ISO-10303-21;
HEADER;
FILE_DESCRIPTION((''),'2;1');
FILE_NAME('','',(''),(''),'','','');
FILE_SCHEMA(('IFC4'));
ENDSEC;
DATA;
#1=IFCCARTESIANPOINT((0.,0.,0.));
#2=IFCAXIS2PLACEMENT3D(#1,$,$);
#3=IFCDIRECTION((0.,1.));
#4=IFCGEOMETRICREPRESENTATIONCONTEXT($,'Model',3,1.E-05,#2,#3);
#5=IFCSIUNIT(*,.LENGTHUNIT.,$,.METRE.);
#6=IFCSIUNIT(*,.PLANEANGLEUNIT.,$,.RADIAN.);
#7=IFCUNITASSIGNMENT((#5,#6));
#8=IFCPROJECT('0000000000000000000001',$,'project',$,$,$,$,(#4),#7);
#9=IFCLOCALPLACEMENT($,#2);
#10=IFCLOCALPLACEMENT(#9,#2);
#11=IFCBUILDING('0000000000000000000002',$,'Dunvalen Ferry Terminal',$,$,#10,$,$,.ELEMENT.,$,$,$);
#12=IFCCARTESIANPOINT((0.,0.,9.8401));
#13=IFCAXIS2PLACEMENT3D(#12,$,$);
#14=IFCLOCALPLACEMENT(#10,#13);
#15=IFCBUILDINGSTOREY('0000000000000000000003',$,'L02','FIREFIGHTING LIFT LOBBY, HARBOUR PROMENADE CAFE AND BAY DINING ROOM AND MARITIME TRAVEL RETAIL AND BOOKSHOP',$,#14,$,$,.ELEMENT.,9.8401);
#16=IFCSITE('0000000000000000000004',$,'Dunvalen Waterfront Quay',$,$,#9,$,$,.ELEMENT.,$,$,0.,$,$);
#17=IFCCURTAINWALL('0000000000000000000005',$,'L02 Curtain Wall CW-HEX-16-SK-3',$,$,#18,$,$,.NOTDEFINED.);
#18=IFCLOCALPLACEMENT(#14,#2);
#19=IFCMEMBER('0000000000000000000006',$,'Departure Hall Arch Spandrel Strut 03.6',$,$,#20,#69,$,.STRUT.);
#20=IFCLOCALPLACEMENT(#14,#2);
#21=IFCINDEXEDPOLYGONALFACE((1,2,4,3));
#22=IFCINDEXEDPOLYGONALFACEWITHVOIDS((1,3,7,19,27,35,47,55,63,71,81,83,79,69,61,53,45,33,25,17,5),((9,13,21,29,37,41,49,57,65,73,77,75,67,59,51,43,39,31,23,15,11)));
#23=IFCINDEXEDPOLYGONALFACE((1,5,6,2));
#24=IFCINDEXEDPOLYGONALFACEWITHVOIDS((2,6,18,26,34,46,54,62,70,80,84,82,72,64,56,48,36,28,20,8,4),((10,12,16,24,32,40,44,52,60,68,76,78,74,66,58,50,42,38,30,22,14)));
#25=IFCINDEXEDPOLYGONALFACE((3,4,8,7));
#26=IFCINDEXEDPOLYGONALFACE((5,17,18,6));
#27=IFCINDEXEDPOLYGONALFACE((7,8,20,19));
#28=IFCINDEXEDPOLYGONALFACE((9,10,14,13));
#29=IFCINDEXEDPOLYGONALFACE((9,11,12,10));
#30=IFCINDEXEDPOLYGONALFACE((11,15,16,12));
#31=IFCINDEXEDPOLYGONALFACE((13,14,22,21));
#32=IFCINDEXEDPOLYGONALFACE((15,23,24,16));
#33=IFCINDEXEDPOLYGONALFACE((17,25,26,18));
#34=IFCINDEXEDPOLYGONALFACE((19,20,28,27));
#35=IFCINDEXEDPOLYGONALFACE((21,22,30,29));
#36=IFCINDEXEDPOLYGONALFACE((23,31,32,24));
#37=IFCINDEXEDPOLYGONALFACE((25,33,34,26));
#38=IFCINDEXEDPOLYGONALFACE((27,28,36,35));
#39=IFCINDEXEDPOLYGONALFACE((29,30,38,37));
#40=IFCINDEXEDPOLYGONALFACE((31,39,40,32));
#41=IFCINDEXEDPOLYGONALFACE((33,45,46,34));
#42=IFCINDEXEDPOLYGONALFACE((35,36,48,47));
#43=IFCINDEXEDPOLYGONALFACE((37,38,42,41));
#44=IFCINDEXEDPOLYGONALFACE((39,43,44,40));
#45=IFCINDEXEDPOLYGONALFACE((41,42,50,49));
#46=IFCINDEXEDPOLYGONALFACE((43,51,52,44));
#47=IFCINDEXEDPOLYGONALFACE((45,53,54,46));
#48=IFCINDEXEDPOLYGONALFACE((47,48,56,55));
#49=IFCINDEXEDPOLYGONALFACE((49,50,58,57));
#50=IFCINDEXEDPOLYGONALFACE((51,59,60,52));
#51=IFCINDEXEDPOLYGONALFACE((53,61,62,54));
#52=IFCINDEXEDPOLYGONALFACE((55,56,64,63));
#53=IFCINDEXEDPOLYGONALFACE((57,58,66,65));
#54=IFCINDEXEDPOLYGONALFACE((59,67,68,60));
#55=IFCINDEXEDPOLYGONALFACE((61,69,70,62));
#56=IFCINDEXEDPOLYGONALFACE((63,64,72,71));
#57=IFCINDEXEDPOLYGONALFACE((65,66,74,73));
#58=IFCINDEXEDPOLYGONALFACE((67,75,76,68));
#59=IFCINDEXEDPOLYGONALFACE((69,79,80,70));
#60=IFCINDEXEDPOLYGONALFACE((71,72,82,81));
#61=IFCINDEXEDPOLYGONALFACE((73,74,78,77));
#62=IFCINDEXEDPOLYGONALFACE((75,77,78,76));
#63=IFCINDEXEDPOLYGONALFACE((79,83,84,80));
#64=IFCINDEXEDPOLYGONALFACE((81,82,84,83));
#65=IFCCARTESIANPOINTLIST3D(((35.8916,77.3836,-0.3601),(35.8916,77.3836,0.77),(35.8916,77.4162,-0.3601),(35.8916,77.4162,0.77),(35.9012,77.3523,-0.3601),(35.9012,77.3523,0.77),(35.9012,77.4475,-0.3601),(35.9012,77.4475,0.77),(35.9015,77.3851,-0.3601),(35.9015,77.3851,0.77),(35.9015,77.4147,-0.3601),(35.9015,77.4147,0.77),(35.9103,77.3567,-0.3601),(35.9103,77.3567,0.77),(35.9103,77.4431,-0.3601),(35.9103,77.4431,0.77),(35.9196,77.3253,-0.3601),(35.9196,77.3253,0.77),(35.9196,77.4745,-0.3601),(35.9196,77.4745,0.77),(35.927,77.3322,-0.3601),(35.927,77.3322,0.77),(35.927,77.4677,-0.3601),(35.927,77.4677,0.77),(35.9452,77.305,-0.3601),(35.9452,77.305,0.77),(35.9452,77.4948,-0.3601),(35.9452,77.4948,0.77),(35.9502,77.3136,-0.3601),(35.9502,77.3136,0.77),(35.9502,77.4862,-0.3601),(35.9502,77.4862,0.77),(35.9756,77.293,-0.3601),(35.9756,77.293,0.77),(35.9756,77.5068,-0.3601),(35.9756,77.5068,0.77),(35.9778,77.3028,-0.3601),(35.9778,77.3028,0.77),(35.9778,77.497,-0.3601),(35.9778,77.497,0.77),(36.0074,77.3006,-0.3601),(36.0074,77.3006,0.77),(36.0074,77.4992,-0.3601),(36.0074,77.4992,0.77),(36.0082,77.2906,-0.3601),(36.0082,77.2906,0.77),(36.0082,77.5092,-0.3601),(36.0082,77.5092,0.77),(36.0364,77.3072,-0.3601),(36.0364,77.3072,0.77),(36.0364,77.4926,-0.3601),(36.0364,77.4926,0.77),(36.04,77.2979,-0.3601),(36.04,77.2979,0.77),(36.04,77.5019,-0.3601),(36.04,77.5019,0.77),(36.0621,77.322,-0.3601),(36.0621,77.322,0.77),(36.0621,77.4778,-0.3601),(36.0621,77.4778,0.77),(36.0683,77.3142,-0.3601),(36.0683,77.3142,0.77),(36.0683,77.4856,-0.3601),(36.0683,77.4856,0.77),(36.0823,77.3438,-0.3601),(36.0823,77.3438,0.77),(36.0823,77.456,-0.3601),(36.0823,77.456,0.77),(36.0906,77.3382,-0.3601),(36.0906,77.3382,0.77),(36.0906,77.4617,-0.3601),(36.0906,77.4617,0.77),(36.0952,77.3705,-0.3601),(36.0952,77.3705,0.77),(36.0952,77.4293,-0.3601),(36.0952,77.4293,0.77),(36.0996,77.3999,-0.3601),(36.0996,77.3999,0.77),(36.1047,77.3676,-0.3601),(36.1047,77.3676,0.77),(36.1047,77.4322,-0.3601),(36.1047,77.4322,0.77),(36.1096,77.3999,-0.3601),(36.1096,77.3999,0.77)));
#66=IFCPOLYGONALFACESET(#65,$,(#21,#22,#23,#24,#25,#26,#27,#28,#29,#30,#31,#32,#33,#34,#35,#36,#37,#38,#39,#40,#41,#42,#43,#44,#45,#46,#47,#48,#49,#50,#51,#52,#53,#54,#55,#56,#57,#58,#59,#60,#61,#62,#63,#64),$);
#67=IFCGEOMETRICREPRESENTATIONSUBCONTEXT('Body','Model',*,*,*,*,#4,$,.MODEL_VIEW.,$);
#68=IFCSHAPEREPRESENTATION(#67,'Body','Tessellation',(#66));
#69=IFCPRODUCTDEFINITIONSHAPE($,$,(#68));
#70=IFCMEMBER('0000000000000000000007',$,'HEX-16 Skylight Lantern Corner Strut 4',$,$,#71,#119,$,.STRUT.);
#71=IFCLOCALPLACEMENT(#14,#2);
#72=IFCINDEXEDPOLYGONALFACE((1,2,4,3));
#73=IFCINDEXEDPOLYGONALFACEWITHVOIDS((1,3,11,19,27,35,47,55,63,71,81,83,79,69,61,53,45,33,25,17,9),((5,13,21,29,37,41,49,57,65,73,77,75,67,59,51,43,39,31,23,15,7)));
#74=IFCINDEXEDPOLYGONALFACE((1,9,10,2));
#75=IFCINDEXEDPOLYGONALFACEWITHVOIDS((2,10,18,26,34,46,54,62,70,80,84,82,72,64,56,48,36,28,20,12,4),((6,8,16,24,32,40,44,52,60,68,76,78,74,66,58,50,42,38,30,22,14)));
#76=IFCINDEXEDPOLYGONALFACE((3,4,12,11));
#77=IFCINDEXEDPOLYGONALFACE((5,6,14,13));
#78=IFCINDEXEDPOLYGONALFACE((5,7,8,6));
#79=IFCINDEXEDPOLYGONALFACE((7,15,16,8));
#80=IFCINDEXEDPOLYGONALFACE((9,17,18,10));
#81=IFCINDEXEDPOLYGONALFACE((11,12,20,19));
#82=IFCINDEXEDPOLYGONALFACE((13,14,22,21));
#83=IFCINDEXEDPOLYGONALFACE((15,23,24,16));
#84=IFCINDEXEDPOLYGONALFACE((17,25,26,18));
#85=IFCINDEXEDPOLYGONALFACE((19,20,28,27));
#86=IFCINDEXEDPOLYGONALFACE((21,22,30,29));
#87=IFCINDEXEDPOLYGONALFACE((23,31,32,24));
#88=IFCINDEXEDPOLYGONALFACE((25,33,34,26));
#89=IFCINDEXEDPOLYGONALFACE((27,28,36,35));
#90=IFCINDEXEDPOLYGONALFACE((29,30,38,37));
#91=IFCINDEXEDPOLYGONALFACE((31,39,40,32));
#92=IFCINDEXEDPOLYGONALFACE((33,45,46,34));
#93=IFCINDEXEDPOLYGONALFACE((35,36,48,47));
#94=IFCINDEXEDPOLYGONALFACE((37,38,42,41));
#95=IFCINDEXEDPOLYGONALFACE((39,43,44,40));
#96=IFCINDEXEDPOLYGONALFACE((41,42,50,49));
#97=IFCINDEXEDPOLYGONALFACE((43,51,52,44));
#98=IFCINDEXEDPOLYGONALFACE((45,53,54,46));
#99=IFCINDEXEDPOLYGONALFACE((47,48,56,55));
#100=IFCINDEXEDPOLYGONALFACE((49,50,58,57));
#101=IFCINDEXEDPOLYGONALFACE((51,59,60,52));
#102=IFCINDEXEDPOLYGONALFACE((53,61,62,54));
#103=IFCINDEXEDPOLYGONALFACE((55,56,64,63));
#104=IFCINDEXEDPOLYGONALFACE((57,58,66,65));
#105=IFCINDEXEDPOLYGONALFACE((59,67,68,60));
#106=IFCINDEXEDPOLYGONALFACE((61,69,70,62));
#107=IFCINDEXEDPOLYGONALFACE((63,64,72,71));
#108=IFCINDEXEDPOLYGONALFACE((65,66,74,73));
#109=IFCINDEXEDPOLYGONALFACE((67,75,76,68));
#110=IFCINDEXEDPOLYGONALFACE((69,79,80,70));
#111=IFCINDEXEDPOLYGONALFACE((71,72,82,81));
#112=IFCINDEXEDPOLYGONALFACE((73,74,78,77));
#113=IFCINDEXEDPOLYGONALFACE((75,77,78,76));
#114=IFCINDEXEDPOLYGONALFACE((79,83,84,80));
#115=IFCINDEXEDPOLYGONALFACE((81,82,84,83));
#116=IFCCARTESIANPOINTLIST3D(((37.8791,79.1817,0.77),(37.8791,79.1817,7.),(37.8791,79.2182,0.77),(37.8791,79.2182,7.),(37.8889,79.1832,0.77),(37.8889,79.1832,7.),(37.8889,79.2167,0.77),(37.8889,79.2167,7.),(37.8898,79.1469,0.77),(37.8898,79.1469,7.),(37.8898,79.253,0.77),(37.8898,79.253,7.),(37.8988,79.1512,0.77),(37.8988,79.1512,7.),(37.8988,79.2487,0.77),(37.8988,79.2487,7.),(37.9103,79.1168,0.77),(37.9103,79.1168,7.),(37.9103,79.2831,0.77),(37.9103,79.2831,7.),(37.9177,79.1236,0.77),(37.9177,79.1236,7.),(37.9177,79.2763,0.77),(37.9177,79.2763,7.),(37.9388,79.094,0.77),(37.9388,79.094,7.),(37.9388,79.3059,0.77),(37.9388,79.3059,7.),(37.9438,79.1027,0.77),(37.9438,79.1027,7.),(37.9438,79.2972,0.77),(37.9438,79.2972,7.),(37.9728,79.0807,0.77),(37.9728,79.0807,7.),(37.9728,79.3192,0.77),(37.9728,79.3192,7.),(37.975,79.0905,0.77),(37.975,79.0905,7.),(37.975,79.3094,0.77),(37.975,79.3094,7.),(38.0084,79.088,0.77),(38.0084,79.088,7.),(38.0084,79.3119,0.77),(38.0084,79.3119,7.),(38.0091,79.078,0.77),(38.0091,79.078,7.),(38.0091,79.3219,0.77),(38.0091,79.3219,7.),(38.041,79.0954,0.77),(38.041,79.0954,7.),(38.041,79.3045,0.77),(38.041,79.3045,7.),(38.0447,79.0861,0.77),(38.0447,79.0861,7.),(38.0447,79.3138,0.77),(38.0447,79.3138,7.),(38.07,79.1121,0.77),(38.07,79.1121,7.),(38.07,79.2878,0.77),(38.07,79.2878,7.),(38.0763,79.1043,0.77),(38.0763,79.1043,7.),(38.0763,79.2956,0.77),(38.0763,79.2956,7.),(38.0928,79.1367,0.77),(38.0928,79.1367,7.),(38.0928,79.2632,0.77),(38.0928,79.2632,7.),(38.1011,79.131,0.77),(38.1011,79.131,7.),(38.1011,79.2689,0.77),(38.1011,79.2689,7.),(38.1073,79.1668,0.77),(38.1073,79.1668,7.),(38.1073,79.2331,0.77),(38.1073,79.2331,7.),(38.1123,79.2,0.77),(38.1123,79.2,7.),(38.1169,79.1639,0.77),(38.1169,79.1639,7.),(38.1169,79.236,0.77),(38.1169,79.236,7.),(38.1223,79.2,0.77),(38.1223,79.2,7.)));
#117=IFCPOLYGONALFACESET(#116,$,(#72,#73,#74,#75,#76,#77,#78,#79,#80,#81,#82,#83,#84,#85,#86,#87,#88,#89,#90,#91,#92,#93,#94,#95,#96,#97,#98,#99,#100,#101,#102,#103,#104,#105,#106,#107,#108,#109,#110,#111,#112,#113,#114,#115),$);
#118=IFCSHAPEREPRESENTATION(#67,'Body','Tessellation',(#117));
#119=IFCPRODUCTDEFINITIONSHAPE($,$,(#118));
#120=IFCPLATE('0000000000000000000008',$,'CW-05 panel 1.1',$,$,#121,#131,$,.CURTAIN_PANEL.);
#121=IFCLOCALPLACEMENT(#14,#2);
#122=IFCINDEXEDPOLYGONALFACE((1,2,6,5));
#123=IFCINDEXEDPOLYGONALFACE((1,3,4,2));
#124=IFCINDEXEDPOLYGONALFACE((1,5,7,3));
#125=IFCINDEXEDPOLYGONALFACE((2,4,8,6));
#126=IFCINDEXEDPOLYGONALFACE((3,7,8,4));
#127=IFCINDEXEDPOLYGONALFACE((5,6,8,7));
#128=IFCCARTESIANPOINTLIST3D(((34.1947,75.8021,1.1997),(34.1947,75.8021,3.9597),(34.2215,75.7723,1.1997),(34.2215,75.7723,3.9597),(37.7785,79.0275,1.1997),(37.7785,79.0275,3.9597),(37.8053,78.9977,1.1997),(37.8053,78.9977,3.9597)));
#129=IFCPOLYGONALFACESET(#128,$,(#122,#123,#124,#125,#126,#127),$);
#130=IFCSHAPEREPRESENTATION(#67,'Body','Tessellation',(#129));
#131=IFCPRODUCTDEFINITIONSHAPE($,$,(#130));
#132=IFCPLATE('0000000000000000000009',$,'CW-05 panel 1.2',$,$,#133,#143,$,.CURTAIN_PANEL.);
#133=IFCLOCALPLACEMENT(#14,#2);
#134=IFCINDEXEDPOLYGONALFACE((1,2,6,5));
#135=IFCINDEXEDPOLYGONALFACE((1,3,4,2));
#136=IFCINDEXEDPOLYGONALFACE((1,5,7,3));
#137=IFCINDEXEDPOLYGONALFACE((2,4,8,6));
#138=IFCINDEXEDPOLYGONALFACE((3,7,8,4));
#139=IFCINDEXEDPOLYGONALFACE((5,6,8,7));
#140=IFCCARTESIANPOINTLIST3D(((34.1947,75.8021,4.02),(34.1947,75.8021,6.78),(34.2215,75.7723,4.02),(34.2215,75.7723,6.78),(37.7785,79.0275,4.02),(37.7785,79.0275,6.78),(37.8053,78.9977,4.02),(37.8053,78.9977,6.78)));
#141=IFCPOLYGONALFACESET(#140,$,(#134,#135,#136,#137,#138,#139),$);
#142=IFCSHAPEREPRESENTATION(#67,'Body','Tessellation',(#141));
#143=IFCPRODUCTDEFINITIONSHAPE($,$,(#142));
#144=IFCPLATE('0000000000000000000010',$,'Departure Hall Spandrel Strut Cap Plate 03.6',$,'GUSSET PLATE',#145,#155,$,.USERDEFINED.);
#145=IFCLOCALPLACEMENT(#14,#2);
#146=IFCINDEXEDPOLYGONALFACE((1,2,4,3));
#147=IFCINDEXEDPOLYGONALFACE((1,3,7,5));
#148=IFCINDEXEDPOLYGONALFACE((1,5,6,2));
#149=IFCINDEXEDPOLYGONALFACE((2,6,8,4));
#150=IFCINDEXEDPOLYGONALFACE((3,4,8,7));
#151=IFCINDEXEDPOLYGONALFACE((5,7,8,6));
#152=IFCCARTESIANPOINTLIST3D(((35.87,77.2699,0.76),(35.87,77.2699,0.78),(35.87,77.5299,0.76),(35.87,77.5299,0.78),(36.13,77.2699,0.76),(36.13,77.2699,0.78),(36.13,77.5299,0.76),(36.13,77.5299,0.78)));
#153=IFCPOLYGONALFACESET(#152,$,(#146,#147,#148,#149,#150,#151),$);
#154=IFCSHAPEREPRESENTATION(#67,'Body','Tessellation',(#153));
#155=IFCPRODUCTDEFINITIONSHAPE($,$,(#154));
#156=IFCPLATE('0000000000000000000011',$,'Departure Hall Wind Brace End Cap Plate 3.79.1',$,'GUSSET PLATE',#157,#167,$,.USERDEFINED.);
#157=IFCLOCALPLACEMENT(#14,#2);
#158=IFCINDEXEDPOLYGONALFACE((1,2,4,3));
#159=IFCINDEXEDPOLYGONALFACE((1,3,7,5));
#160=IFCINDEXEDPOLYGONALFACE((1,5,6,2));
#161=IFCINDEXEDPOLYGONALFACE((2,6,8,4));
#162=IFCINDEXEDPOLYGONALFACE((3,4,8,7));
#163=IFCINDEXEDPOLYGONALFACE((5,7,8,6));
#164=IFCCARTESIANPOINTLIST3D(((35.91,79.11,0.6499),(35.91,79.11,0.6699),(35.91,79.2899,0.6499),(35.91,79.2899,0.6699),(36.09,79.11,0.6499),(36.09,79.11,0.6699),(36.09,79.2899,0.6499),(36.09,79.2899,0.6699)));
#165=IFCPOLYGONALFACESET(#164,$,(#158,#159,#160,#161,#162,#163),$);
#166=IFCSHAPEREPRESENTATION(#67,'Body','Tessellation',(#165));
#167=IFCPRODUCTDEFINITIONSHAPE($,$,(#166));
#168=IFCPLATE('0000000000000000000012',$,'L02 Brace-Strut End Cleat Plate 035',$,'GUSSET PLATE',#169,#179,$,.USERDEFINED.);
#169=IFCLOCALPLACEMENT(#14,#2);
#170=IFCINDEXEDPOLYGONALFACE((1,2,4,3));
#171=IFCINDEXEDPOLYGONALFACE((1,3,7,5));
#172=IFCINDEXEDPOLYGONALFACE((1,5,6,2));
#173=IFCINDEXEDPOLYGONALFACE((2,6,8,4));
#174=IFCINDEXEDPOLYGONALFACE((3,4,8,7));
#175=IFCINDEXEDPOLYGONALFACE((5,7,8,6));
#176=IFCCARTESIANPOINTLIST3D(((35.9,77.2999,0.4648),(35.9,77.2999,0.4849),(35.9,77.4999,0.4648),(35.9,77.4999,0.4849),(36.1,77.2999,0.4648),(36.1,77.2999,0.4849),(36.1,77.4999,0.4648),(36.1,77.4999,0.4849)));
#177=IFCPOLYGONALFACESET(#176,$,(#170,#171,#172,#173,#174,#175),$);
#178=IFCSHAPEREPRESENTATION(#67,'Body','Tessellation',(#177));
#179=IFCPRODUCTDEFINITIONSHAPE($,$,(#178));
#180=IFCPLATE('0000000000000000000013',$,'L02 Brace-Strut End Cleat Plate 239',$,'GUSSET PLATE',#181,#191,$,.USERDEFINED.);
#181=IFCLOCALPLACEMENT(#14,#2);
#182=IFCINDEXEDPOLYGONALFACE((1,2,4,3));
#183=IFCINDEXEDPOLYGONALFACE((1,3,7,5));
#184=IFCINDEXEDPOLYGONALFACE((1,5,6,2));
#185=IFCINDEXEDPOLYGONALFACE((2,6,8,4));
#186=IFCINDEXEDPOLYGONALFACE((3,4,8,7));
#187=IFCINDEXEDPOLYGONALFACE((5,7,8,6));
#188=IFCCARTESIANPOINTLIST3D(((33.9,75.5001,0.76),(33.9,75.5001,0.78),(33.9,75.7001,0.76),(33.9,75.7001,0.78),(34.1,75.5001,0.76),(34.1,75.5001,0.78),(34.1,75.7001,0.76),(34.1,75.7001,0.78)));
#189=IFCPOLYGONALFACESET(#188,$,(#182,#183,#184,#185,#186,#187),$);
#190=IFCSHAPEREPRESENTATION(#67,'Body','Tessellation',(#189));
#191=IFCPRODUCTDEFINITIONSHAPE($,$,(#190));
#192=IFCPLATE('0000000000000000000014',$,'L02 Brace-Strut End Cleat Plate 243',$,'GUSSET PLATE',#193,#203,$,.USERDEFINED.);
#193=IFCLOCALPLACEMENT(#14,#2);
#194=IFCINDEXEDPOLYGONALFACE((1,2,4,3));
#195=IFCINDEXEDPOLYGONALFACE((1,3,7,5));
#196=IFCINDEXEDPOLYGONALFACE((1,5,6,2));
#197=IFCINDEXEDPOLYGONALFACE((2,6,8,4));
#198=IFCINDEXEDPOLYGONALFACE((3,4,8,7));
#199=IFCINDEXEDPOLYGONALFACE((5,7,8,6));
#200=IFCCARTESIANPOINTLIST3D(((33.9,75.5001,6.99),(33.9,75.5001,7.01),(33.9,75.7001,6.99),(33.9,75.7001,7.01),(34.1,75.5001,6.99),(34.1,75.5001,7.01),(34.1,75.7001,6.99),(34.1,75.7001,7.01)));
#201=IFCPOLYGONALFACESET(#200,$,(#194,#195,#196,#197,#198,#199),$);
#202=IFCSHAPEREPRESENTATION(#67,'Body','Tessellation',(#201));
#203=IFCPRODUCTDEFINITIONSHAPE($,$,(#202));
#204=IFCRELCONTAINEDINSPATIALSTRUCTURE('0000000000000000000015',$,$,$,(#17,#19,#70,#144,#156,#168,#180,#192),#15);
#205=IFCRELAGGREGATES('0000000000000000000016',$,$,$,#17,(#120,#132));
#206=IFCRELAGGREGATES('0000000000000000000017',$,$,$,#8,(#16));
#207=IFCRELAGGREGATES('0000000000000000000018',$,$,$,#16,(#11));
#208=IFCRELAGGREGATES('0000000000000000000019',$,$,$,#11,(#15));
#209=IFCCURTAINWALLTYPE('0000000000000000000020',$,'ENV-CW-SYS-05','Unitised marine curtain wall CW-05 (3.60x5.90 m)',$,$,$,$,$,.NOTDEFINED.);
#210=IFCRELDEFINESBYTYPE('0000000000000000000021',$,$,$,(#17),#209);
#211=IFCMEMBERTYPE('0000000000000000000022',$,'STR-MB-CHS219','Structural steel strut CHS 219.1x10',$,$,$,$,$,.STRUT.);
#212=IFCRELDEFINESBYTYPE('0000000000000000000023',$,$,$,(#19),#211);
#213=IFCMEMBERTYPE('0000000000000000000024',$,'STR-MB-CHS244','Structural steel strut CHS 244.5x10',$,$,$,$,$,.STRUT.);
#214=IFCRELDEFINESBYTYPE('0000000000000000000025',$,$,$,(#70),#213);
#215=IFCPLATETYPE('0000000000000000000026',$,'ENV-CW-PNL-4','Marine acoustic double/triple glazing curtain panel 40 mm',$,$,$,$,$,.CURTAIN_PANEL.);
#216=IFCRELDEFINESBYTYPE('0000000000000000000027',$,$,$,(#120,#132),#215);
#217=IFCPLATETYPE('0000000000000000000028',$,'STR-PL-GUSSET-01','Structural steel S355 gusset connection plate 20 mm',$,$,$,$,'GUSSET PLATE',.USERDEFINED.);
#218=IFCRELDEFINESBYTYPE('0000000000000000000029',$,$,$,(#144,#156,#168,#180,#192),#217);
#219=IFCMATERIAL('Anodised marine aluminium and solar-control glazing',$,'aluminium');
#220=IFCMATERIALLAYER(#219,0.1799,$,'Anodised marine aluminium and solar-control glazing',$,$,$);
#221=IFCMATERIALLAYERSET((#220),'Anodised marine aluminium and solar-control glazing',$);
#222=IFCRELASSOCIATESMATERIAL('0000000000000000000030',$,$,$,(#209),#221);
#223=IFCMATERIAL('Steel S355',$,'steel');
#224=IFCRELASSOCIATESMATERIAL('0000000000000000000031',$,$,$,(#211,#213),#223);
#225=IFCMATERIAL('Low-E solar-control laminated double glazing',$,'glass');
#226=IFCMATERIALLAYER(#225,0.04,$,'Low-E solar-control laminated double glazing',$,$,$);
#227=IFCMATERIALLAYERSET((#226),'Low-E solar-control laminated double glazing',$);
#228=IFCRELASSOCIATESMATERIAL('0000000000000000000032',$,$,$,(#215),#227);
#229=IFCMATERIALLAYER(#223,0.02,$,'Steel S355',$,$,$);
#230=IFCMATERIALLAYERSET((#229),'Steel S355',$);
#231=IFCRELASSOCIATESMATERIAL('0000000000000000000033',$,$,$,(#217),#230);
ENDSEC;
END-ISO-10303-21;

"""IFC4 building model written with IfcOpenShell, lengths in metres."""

from ifc_helpers import new_model, si_unit, direction, frame, origin, origin_2d, place, context, subcontext, project, spatial, rectangle, hollow_circle, extrude, material, layer, layer_set, material_profile, profile_set, type_object, element, aggregate, save


model = new_model("IFC4")

# Units and contexts
model_context = context("Model", 3, precision=1e-05, world=origin(), true_north=direction((0.0, 1.0)))
body_context = subcontext(model_context, "Body", "Model", "MODEL_VIEW")
ifc_project = project(units=[si_unit("LENGTHUNIT", "METRE"), si_unit("PLANEANGLEUNIT", "RADIAN")], contexts=[model_context])

# Site, building, storey
site_placement = place(None, origin())
site = spatial("IfcSite", under=ifc_project, at=site_placement, Name="Dunvalen Waterfront Quay", CompositionType="ELEMENT", RefElevation=0.0)
building_placement = place(site_placement, origin())
building = spatial("IfcBuilding", under=site, at=building_placement, Name="Dunvalen Ferry Terminal", CompositionType="ELEMENT")
storey_placement = place(building_placement, frame((0.0, 0.0, 9.8401)))
storey = spatial("IfcBuildingStorey", under=building, at=storey_placement, Name="L02", Description="FIREFIGHTING LIFT LOBBY, HARBOUR PROMENADE CAFE AND BAY DINING ROOM AND MARITIME TRAVEL RETAIL AND BOOKSHOP", CompositionType="ELEMENT", Elevation=9.8401)

# Curtain wall
ifc_material_1 = material(Name="Anodised marine aluminium and solar-control glazing", Category="aluminium")
ifc_layer_1 = layer(ifc_material_1, 0.1799, Name="Anodised marine aluminium and solar-control glazing")
ifc_layer_set_1 = layer_set([ifc_layer_1], Name="Anodised marine aluminium and solar-control glazing")
curtain_wall_type_1 = type_object("IfcCurtainWallType", Name="ENV-CW-SYS-05", Description="Unitised marine curtain wall CW-05 (3.60x5.90 m)", PredefinedType="NOTDEFINED", material=ifc_layer_set_1)
curtain_wall_1_placement = place(storey_placement, origin())
curtain_wall_1 = element("IfcCurtainWall", 1, at=curtain_wall_1_placement, inside=storey, type_object=curtain_wall_type_1, Name="L02 Curtain Wall CW-HEX-16-SK-3", PredefinedType="NOTDEFINED")

# Shared definitions
ifc_material_2 = material(Name="Steel S355", Category="steel")

# Members
ifc_material_profile_1 = material_profile(ifc_material_2, hollow_circle(Radius=0.1096, WallThickness=0.01, at=origin_2d()), Name="Steel S355")
ifc_profile_set_1 = profile_set([ifc_material_profile_1], Name="Steel S355")
member_type_1 = type_object("IfcMemberType", Name="STR-MB-CHS219", Description="Structural steel strut CHS 219.1x10", PredefinedType="STRUT", material=ifc_profile_set_1)
member_1_placement = place(storey_placement, frame((36.0, 77.3999, -0.3601), z_axis=(0.0, 0.0, 1.0), x_axis=(1.0, 0.0, 0.0)))
element("IfcMember", 2, at=member_1_placement, inside=storey, type_object=member_type_1, Name="Departure Hall Arch Spandrel Strut 03.6", PredefinedType="STRUT", context=body_context, shape_type="SweptSolid", body=[
    extrude(hollow_circle(Radius=0.1096, WallThickness=0.01, at=origin_2d()), origin(), (0.0, 0.0, 1.0), 1.1301),
])
ifc_material_profile_2 = material_profile(ifc_material_2, hollow_circle(Radius=0.1223, WallThickness=0.01, at=origin_2d()), Name="Steel S355")
ifc_profile_set_2 = profile_set([ifc_material_profile_2], Name="Steel S355")
member_type_2 = type_object("IfcMemberType", Name="STR-MB-CHS244", Description="Structural steel strut CHS 244.5x10", PredefinedType="STRUT", material=ifc_profile_set_2)
member_2_placement = place(storey_placement, frame((38.0, 79.2, 0.77), z_axis=(0.0, 0.0, 1.0), x_axis=(1.0, 0.0, 0.0)))
element("IfcMember", 3, at=member_2_placement, inside=storey, type_object=member_type_2, Name="HEX-16 Skylight Lantern Corner Strut 4", PredefinedType="STRUT", context=body_context, shape_type="SweptSolid", body=[
    extrude(hollow_circle(Radius=0.1223, WallThickness=0.01, at=origin_2d()), origin(), (0.0, 0.0, 1.0), 6.23),
])

# Plates
ifc_material_3 = material(Name="Low-E solar-control laminated double glazing", Category="glass")
ifc_layer_2 = layer(ifc_material_3, 0.04, Name="Low-E solar-control laminated double glazing")
ifc_layer_set_2 = layer_set([ifc_layer_2], Name="Low-E solar-control laminated double glazing")
plate_type_1 = type_object("IfcPlateType", Name="ENV-CW-PNL-4", Description="Marine acoustic double/triple glazing curtain panel 40 mm", PredefinedType="CURTAIN_PANEL", material=ifc_layer_set_2)
plate_1_placement = place(storey_placement, frame((36.0, 77.3999, 1.1997), z_axis=(0.0, 0.0, 1.0), x_axis=(0.743304, 0.668954, 0.0)))
plate_1 = element("IfcPlate", 4, at=plate_1_placement, type_object=plate_type_1, Name="CW-05 panel 1.1", PredefinedType="CURTAIN_PANEL", context=body_context, shape_type="SweptSolid", body=[
    extrude(rectangle(XDim=4.8215, YDim=0.04, at=origin_2d()), origin(), (0.0, 0.0, 1.0), 2.76),
])
plate_2_placement = place(storey_placement, frame((36.0, 77.3999, 4.02), z_axis=(0.0, 0.0, 1.0), x_axis=(0.743304, 0.668954, 0.0)))
plate_2 = element("IfcPlate", 5, at=plate_2_placement, type_object=plate_type_1, Name="CW-05 panel 1.2", PredefinedType="CURTAIN_PANEL", context=body_context, shape_type="SweptSolid", body=[
    extrude(rectangle(XDim=4.8215, YDim=0.04, at=origin_2d()), origin(), (0.0, 0.0, 1.0), 2.76),
])
aggregate(curtain_wall_1, [plate_1, plate_2])

# Plates
ifc_layer_3 = layer(ifc_material_2, 0.02, Name="Steel S355")
ifc_layer_set_3 = layer_set([ifc_layer_3], Name="Steel S355")
plate_type_2 = type_object("IfcPlateType", Name="STR-PL-GUSSET-01", Description="Structural steel S355 gusset connection plate 20 mm", ElementType="GUSSET PLATE", PredefinedType="USERDEFINED", material=ifc_layer_set_3)
plate_3_placement = place(storey_placement, frame((36.0, 77.3999, 0.76), z_axis=(0.0, 0.0, 1.0), x_axis=(1.0, 0.0, 0.0)))
element("IfcPlate", 6, at=plate_3_placement, inside=storey, type_object=plate_type_2, Name="Departure Hall Spandrel Strut Cap Plate 03.6", ObjectType="GUSSET PLATE", PredefinedType="USERDEFINED", context=body_context, shape_type="SweptSolid", body=[
    extrude(rectangle(XDim=0.26, YDim=0.26, at=origin_2d()), origin(), (0.0, 0.0, 1.0), 0.02),
])
plate_4_placement = place(storey_placement, frame((36.0, 79.2, 0.6499), z_axis=(0.0, 0.0, 1.0), x_axis=(1.0, 0.0, 0.0)))
element("IfcPlate", 7, at=plate_4_placement, inside=storey, type_object=plate_type_2, Name="Departure Hall Wind Brace End Cap Plate 3.79.1", ObjectType="GUSSET PLATE", PredefinedType="USERDEFINED", context=body_context, shape_type="SweptSolid", body=[
    extrude(rectangle(XDim=0.1799, YDim=0.1799, at=origin_2d()), origin(), (0.0, 0.0, 1.0), 0.02),
])
for number, where, z_axis, x_axis, name in (
    (8, (36.0, 77.3999, 0.4648), (0.0, 0.0, 1.0), (1.0, 0.0, 0.0), "L02 Brace-Strut End Cleat Plate 035"),
    (9, (34.0, 75.6001, 0.76), (0.0, 0.0, 1.0), (1.0, 0.0, 0.0), "L02 Brace-Strut End Cleat Plate 239"),
    (10, (34.0, 75.6001, 6.99), (0.0, 0.0, 1.0), (1.0, 0.0, 0.0), "L02 Brace-Strut End Cleat Plate 243"),
):
    element("IfcPlate", number, at=place(storey_placement, frame(where, z_axis=z_axis, x_axis=x_axis)), inside=storey, type_object=plate_type_2, Name=name, ObjectType="GUSSET PLATE", PredefinedType="USERDEFINED", context=body_context, shape_type="SweptSolid", body=[
        extrude(rectangle(XDim=0.2, YDim=0.2, at=origin_2d()), origin(), (0.0, 0.0, 1.0), 0.02),
    ])

save(model, "model.ifc")
